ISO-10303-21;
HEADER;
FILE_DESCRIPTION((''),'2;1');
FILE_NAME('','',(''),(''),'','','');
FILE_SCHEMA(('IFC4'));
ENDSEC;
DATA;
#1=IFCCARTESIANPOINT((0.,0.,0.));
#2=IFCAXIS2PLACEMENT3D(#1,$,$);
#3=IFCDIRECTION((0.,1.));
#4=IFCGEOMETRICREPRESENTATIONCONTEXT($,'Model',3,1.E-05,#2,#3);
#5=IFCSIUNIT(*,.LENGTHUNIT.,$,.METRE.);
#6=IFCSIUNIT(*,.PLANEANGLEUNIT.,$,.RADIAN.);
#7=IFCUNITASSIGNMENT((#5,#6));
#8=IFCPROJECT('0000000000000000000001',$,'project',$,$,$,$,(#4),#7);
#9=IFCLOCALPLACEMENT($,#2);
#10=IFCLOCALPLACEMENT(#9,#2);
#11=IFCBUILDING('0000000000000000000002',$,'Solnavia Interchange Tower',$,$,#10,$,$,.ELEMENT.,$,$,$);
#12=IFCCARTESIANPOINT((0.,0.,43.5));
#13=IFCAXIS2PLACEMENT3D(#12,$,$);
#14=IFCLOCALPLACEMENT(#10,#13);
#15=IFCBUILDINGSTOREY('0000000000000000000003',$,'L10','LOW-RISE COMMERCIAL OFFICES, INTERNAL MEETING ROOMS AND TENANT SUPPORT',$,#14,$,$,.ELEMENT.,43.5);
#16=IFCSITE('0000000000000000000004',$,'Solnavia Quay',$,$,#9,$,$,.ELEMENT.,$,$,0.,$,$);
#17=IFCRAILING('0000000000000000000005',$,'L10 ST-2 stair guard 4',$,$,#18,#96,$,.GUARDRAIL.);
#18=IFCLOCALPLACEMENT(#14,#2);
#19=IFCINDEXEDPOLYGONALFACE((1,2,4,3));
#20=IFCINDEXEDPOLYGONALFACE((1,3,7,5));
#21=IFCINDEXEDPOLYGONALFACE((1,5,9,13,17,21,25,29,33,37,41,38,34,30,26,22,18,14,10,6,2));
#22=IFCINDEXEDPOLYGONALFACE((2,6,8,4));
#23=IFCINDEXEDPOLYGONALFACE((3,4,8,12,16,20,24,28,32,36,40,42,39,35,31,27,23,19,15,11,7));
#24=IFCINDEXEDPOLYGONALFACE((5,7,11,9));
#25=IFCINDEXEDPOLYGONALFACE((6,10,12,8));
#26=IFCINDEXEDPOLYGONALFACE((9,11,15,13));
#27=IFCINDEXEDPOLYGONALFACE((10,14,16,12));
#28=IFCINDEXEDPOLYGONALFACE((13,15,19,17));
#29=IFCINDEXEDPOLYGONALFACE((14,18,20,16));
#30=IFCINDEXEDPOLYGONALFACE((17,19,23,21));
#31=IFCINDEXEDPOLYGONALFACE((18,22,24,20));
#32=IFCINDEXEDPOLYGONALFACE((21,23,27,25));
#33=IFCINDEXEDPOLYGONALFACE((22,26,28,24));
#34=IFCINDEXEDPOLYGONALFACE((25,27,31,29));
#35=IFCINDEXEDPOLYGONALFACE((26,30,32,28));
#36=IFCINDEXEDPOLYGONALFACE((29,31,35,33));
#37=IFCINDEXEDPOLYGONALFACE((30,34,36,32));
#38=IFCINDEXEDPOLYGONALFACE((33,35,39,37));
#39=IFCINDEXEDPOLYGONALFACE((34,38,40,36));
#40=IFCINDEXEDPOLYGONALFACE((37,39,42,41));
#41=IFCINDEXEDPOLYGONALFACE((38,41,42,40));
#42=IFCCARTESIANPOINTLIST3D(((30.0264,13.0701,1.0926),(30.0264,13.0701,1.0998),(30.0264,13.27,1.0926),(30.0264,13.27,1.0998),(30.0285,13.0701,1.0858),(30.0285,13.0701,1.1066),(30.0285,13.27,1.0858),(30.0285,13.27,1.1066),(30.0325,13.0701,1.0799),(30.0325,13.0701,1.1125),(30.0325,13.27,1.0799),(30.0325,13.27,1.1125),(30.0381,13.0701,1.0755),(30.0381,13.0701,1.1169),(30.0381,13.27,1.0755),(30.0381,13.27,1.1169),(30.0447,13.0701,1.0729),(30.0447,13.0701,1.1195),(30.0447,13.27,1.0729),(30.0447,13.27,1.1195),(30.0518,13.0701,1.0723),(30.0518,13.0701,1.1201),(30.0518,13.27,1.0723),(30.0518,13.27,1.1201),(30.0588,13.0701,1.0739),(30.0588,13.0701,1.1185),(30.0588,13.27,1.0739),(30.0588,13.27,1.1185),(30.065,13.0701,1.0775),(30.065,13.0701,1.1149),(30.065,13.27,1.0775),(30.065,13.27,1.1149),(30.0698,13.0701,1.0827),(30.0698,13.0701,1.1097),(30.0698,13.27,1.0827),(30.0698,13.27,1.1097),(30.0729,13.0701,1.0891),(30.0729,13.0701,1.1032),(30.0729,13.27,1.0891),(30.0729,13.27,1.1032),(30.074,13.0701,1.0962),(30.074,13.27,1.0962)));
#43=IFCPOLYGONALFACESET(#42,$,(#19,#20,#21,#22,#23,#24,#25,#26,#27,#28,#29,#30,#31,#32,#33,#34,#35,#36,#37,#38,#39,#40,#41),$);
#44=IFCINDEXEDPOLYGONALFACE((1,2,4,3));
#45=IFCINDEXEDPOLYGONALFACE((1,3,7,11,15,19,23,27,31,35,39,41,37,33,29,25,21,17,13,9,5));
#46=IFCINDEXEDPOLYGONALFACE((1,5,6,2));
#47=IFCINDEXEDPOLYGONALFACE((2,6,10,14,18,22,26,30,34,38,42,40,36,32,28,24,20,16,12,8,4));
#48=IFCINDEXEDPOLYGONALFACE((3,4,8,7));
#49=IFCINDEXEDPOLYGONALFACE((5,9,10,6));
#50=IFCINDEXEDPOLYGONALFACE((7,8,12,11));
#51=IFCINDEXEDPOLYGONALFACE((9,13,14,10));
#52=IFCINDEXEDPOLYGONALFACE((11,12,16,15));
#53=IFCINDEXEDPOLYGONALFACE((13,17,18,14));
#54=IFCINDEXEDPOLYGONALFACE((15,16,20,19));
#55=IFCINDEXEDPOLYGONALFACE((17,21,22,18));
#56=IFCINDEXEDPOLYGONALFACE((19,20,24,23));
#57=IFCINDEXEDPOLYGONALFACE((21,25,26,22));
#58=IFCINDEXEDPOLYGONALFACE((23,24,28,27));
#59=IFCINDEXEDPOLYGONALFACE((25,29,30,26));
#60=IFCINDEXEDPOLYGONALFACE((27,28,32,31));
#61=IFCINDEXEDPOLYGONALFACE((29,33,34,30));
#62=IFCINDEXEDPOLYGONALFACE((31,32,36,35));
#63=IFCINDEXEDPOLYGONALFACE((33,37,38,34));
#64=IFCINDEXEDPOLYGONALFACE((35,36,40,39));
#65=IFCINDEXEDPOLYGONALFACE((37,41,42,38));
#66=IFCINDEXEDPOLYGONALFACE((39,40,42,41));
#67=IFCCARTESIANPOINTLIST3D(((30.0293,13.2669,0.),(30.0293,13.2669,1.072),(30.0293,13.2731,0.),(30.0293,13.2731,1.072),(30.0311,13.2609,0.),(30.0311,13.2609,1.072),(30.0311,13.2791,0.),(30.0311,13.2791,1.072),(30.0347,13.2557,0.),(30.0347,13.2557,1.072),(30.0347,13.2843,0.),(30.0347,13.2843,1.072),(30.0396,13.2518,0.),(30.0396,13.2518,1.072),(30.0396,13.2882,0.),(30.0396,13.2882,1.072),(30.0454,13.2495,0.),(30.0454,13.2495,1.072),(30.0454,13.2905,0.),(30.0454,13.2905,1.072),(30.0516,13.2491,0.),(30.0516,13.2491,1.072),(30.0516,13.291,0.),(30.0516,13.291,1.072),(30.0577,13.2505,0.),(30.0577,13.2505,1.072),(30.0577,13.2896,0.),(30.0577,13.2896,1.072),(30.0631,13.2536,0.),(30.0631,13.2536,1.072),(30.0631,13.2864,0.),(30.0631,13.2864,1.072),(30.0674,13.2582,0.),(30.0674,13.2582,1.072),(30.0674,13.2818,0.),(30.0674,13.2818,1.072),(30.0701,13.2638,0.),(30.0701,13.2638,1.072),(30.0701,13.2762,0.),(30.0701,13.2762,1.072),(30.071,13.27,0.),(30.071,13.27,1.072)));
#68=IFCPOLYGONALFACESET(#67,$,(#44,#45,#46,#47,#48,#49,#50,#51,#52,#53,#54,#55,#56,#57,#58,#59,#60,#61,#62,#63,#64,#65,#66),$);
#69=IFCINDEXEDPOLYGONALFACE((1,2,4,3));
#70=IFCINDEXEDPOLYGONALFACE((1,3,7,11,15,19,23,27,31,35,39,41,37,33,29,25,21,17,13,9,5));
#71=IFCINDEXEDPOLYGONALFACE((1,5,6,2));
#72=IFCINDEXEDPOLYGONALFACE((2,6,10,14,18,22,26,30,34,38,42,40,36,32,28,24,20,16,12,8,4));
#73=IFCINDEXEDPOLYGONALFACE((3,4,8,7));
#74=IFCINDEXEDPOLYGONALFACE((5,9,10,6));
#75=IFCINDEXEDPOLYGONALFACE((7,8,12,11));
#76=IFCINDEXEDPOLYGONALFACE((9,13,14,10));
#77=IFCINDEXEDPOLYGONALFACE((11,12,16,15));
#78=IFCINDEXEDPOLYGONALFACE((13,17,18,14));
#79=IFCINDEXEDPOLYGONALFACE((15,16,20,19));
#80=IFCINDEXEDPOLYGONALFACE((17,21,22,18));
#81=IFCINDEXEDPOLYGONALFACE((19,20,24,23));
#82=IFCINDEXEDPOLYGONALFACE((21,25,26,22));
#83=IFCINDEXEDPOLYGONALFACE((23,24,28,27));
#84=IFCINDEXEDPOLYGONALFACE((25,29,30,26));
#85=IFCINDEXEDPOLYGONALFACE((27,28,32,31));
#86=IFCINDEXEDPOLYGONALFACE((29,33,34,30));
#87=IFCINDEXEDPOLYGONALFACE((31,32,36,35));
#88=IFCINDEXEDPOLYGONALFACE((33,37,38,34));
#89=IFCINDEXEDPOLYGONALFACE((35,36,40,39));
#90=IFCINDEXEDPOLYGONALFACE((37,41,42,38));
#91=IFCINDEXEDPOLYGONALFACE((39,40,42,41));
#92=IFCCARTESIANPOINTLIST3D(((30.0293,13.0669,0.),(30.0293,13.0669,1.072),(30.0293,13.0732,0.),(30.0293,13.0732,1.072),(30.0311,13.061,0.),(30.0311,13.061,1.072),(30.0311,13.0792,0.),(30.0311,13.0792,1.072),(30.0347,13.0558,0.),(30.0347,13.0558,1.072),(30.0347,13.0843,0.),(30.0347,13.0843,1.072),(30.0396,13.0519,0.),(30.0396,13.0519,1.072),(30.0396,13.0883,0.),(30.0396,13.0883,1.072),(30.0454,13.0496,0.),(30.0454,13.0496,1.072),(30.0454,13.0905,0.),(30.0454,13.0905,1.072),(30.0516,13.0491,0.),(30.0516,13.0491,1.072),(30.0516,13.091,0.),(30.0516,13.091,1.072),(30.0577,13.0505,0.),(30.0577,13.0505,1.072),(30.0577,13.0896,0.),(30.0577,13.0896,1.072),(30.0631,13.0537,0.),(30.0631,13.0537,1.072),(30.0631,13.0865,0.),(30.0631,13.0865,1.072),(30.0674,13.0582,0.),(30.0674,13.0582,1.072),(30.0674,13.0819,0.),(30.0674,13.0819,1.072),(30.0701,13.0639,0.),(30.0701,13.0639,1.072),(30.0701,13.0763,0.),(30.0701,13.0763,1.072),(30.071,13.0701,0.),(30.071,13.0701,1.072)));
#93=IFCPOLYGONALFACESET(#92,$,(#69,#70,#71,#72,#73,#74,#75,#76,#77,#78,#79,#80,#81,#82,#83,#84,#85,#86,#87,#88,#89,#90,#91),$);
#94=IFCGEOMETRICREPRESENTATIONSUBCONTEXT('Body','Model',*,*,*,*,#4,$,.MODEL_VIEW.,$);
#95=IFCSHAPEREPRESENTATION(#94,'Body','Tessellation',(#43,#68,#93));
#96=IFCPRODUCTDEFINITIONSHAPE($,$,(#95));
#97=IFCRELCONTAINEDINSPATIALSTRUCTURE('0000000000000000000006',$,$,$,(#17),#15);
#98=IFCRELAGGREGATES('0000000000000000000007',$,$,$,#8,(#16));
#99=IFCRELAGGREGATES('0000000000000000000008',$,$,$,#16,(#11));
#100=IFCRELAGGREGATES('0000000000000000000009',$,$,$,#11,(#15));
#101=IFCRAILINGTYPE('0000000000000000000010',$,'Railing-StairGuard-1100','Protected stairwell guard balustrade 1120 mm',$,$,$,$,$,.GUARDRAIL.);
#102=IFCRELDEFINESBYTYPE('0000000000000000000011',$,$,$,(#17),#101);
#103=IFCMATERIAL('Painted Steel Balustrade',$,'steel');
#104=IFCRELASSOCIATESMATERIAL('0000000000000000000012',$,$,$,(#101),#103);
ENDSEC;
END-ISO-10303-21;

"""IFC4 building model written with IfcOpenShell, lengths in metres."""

from ifc_helpers import new_model, si_unit, direction, frame, origin, origin_2d, place, context, subcontext, project, spatial, circle, extrude, material, type_object, element, save


model = new_model("IFC4")

# Units and contexts
model_context = context("Model", 3, precision=1e-05, world=origin(), true_north=direction((0.0, 1.0)))
body_context = subcontext(model_context, "Body", "Model", "MODEL_VIEW")
ifc_project = project(units=[si_unit("LENGTHUNIT", "METRE"), si_unit("PLANEANGLEUNIT", "RADIAN")], contexts=[model_context])

# Site, building, storey
site_placement = place(None, origin())
site = spatial("IfcSite", under=ifc_project, at=site_placement, Name="Solnavia Quay", CompositionType="ELEMENT", RefElevation=0.0)
building_placement = place(site_placement, origin())
building = spatial("IfcBuilding", under=site, at=building_placement, Name="Solnavia Interchange Tower", CompositionType="ELEMENT")
storey_placement = place(building_placement, frame((0.0, 0.0, 43.5)))
storey = spatial("IfcBuildingStorey", under=building, at=storey_placement, Name="L10", Description="LOW-RISE COMMERCIAL OFFICES, INTERNAL MEETING ROOMS AND TENANT SUPPORT", CompositionType="ELEMENT", Elevation=43.5)

# Railing
ifc_material_1 = material(Name="Painted Steel Balustrade", Category="steel")
railing_type_1 = type_object("IfcRailingType", Name="Railing-StairGuard-1100", Description="Protected stairwell guard balustrade 1120 mm", PredefinedType="GUARDRAIL", material=ifc_material_1)
railing_1_placement = place(storey_placement, frame((30.05, 13.27, 0.0)))
element("IfcRailing", 1, at=railing_1_placement, inside=storey, type_object=railing_type_1, Name="L10 ST-2 stair guard 4", PredefinedType="GUARDRAIL", context=body_context, shape_type="SweptSolid", body=[
    extrude(circle(Radius=0.0239, at=origin_2d()), frame((0.0, 0.0, 1.0962), z_axis=(0.0, -1.0, 0.0), x_axis=(1.0, 0.0, 0.0)), (0.0, 0.0, 1.0), 0.2),
    extrude(circle(Radius=0.021, at=origin_2d()), origin(), (0.0, 0.0, 1.0), 1.072),
    extrude(circle(Radius=0.021, at=origin_2d()), frame((0.0, -0.2, 0.0)), (0.0, 0.0, 1.0), 1.072),
])

save(model, "model.ifc")
